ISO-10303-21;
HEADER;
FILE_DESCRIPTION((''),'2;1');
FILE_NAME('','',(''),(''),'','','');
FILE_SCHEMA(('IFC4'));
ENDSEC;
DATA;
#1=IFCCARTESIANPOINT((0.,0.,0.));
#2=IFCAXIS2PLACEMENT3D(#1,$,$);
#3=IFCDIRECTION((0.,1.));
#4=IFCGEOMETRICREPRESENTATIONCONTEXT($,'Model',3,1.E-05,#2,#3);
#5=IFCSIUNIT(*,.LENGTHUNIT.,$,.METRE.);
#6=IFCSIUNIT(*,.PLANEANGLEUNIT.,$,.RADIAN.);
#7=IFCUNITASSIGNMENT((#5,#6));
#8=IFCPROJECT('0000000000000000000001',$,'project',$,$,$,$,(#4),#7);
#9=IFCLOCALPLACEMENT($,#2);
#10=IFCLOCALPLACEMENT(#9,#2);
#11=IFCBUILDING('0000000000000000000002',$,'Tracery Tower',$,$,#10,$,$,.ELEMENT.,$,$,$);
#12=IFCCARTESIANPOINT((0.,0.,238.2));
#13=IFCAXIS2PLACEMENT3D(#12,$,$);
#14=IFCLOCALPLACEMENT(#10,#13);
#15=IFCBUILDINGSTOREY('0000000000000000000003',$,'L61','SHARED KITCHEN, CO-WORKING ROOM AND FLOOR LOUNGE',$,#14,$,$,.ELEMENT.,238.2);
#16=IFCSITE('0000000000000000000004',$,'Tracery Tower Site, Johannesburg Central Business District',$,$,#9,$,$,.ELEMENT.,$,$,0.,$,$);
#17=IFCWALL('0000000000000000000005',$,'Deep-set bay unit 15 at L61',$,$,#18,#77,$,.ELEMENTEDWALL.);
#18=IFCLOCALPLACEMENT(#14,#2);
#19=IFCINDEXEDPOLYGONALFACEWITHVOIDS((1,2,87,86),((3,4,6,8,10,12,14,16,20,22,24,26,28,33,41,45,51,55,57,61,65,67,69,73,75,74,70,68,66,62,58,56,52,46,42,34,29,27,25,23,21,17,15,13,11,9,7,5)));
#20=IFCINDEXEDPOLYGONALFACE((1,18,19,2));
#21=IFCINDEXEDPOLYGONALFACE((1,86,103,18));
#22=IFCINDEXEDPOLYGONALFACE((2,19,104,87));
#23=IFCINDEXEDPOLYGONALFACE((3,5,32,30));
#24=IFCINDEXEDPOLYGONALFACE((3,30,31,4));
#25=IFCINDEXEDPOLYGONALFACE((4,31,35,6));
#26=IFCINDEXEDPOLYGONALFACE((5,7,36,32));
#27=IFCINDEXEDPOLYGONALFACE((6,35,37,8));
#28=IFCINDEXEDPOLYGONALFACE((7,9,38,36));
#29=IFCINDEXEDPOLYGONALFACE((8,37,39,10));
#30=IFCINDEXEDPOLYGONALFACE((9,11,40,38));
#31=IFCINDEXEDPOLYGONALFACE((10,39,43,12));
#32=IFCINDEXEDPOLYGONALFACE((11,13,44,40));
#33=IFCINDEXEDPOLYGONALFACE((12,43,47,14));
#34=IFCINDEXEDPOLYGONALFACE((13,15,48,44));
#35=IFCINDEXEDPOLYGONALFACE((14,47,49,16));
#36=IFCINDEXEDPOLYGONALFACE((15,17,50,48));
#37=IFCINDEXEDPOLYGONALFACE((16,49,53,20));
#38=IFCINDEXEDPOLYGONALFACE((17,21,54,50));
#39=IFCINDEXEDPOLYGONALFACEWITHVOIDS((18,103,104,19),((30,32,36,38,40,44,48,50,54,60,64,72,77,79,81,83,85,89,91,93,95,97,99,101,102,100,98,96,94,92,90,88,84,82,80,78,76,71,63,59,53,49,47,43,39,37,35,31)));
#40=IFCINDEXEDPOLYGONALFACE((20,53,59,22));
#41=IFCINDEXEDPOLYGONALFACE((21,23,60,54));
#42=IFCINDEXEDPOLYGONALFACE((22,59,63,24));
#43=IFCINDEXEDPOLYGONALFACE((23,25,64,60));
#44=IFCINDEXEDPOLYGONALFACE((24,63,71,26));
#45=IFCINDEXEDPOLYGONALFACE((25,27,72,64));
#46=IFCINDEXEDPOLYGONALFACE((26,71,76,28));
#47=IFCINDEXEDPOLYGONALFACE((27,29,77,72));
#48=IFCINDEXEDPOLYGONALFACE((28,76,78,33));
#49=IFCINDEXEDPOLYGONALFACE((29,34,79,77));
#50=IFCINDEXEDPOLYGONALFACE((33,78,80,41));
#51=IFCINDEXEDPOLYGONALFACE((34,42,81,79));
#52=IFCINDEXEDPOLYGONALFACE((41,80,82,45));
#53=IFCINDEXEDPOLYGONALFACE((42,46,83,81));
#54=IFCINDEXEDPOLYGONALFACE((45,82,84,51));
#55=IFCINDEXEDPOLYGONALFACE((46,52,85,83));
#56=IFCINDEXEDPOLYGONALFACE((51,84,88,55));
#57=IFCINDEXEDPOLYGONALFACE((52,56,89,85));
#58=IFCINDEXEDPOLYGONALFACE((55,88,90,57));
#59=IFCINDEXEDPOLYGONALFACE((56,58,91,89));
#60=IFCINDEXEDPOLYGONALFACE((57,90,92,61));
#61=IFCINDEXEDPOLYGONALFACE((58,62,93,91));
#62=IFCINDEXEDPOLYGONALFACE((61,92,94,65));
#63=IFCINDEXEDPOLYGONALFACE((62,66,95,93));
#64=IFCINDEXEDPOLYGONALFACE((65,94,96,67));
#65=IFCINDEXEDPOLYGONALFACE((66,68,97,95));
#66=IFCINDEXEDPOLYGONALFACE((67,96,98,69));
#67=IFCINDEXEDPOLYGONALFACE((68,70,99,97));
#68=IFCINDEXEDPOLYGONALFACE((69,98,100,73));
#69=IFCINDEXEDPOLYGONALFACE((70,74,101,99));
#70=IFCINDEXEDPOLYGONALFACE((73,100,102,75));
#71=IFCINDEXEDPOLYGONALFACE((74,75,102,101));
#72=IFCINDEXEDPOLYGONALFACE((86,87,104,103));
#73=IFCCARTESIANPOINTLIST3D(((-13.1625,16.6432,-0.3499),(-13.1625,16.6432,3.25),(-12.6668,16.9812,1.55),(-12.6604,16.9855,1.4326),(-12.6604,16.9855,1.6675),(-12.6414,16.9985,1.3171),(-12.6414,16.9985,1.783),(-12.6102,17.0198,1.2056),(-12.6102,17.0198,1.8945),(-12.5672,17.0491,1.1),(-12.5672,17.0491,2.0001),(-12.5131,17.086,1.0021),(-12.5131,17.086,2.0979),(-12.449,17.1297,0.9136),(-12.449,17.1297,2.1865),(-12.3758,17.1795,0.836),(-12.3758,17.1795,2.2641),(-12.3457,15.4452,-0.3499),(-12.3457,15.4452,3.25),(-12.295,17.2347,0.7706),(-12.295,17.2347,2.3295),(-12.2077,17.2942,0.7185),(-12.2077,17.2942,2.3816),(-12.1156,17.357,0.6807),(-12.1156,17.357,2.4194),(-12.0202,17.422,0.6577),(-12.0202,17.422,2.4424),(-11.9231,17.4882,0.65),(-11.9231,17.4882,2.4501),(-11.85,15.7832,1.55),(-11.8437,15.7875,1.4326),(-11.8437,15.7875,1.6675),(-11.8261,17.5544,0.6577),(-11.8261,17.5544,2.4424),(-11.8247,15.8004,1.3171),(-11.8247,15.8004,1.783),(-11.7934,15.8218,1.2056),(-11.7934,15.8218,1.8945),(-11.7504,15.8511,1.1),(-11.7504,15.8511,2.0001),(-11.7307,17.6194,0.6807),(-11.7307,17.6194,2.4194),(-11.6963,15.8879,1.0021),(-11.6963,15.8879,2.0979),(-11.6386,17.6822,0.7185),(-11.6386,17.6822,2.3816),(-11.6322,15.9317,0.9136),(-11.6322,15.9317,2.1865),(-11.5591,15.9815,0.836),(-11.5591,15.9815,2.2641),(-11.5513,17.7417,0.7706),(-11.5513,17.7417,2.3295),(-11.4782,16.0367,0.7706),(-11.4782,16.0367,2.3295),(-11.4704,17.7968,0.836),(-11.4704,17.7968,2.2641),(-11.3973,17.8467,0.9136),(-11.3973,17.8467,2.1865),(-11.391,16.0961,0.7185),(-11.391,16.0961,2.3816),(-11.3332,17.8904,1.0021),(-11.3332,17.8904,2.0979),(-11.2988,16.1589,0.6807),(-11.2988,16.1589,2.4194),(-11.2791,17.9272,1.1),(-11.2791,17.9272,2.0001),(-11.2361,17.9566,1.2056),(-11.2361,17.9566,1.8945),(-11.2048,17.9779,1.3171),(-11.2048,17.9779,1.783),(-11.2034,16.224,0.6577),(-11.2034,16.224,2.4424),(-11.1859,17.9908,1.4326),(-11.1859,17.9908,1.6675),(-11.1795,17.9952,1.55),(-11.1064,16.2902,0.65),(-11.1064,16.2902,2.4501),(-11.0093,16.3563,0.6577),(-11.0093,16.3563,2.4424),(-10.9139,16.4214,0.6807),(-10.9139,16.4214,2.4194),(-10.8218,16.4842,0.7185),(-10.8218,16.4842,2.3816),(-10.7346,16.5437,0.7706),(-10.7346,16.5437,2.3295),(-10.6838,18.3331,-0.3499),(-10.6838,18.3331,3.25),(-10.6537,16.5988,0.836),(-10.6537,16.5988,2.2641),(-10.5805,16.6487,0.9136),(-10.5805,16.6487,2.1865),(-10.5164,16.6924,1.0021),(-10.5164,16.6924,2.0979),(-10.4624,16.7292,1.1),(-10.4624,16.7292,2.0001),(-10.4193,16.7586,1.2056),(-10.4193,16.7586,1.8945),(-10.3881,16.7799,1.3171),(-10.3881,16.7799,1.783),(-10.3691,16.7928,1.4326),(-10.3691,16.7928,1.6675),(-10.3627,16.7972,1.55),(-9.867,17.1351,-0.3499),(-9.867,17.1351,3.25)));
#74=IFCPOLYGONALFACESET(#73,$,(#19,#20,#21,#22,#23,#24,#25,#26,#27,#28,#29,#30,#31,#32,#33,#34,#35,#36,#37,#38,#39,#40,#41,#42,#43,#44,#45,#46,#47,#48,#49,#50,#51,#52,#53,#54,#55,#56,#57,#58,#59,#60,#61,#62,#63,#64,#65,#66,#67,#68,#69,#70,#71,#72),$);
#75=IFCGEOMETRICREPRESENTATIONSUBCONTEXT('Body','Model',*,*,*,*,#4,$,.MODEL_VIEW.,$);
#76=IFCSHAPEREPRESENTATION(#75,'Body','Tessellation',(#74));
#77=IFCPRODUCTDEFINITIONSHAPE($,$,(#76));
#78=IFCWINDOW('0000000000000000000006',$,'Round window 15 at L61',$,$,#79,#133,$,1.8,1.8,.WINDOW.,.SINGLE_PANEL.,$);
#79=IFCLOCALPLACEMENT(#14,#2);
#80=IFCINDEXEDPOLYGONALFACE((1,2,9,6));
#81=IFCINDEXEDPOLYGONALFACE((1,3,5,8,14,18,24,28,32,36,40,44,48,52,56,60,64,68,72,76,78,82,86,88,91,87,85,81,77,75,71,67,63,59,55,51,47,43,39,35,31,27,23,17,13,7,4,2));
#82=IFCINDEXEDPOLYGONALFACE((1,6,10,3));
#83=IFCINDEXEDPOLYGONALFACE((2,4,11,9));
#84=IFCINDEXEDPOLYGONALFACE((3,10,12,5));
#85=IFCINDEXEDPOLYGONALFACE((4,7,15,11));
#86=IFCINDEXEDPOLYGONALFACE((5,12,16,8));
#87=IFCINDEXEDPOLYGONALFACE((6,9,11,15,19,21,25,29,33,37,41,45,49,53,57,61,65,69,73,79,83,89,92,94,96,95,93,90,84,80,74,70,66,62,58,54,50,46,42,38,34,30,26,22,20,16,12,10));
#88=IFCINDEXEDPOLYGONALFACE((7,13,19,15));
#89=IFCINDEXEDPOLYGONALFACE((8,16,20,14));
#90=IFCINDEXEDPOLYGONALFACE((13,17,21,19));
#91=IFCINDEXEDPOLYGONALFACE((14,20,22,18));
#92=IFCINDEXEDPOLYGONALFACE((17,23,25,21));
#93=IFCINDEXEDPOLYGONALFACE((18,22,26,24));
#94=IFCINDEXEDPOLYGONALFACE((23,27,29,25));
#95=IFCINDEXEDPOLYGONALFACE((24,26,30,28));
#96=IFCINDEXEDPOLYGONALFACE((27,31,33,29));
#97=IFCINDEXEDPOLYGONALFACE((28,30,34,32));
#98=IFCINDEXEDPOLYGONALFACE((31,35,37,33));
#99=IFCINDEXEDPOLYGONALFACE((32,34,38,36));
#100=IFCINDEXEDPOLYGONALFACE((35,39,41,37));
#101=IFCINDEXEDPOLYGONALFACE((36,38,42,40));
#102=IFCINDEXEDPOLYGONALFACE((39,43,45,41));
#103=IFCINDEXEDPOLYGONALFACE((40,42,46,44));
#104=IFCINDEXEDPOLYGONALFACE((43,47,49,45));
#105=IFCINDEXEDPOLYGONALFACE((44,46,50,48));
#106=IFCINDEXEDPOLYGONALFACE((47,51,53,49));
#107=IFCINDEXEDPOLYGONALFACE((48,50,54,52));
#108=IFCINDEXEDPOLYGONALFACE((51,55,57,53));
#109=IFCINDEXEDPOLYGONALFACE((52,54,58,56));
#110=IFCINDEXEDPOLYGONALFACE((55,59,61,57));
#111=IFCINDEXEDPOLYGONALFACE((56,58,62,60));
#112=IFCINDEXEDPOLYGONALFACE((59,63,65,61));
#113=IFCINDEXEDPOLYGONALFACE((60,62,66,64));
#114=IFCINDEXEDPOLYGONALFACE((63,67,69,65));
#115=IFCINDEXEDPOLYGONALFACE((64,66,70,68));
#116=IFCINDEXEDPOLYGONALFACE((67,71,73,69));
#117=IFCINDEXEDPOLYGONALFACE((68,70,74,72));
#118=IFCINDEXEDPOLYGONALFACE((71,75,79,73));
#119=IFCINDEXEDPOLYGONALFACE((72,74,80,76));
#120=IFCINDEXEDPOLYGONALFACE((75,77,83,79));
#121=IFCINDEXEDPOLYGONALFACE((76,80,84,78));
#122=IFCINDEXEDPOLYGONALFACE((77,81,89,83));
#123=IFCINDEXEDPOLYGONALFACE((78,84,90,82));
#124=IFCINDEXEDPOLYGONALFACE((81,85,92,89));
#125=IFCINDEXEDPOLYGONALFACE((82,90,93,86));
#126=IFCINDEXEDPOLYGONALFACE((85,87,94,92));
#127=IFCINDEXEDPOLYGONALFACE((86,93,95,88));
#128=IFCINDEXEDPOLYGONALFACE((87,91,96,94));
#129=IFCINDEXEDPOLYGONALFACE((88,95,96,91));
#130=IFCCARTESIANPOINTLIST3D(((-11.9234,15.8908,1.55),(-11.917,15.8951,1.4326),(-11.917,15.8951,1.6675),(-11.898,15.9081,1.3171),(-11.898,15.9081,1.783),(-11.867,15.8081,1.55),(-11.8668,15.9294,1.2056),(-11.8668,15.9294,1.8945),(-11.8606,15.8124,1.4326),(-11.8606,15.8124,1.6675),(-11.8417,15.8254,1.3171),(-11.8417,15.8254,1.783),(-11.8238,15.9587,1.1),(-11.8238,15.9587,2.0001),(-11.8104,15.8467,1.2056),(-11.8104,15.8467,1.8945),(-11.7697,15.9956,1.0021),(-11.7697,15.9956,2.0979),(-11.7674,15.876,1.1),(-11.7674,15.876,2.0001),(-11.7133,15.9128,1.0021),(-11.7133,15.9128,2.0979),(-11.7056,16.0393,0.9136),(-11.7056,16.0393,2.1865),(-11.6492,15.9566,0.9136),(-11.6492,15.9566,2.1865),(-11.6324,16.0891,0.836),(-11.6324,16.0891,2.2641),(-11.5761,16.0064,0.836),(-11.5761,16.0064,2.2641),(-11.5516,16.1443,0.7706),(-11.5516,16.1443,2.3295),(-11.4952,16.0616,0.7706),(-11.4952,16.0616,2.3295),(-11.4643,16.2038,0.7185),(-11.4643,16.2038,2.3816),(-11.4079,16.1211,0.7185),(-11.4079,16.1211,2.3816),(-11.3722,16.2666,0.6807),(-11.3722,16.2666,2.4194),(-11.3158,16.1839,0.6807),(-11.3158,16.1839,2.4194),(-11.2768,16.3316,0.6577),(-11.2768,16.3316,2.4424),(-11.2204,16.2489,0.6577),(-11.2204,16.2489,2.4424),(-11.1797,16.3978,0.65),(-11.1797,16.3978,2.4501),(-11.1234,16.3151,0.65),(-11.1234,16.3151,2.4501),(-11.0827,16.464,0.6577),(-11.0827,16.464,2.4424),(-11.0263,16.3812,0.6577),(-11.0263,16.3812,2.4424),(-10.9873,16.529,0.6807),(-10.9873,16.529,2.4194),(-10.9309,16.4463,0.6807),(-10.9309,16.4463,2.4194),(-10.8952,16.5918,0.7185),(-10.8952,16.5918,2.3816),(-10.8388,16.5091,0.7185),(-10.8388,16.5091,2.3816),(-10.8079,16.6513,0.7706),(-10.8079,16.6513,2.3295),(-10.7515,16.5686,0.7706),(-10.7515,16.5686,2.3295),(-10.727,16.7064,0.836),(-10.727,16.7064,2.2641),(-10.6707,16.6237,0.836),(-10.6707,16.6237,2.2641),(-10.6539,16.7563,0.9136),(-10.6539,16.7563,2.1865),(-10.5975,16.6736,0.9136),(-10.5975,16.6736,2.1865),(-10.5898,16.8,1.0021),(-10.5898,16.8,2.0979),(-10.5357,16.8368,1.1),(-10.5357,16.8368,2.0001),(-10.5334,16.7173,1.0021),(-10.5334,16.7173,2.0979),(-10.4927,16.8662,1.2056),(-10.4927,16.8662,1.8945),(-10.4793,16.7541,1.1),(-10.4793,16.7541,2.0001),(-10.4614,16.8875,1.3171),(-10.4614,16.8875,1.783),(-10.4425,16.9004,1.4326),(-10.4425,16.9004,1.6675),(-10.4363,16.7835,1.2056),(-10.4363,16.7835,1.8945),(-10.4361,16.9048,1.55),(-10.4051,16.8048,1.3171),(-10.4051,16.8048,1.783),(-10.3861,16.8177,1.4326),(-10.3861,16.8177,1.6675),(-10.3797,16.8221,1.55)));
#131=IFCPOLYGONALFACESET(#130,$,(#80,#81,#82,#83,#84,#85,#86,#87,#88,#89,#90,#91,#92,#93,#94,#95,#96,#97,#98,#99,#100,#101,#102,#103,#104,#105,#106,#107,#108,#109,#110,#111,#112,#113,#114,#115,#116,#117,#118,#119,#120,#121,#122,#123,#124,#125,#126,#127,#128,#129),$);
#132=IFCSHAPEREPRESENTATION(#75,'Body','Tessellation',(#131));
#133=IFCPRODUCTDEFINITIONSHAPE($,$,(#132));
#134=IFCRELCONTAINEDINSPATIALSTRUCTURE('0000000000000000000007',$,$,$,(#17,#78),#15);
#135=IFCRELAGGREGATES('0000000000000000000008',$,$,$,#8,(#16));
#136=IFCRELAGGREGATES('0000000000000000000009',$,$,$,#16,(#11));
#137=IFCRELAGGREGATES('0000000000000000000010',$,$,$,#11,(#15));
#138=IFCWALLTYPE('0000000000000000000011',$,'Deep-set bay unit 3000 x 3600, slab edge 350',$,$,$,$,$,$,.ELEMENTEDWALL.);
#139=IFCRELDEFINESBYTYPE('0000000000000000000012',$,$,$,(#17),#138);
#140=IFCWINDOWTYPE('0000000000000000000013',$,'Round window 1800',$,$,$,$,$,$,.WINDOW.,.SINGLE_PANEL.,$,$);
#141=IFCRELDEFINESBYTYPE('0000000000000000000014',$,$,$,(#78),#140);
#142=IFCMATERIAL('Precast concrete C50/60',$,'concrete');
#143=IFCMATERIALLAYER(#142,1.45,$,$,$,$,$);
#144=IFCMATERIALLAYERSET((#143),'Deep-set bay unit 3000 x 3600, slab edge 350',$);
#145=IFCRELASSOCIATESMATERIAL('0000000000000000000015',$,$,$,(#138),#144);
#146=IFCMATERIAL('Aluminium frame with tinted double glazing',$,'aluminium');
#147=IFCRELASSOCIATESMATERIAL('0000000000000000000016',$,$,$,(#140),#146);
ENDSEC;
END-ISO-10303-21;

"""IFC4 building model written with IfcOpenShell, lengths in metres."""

from ifc_helpers import new_model, si_unit, direction, frame, frame_2d, origin, origin_2d, place, context, subcontext, project, spatial, rectangle, circle, extrude, material, layer, layer_set, type_object, element, fill, save


model = new_model("IFC4")

# Units and contexts
model_context = context("Model", 3, precision=1e-05, world=origin(), true_north=direction((0.0, 1.0)))
body_context = subcontext(model_context, "Body", "Model", "MODEL_VIEW")
ifc_project = project(units=[si_unit("LENGTHUNIT", "METRE"), si_unit("PLANEANGLEUNIT", "RADIAN")], contexts=[model_context])

# Site, building, storey
site_placement = place(None, origin())
site = spatial("IfcSite", under=ifc_project, at=site_placement, Name="Tracery Tower Site, Johannesburg Central Business District", CompositionType="ELEMENT", RefElevation=0.0)
building_placement = place(site_placement, origin())
building = spatial("IfcBuilding", under=site, at=building_placement, Name="Tracery Tower", CompositionType="ELEMENT")
storey_placement = place(building_placement, frame((0.0, 0.0, 238.2)))
storey = spatial("IfcBuildingStorey", under=building, at=storey_placement, Name="L61", Description="SHARED KITCHEN, CO-WORKING ROOM AND FLOOR LOUNGE", CompositionType="ELEMENT", Elevation=238.2)

# Wall, opening, window
ifc_material_1 = material(Name="Precast concrete C50/60", Category="concrete")
ifc_layer_1 = layer(ifc_material_1, 1.45)
ifc_layer_set_1 = layer_set([ifc_layer_1], Name="Deep-set bay unit 3000 x 3600, slab edge 350")
wall_type_1 = type_object("IfcWallType", Name="Deep-set bay unit 3000 x 3600, slab edge 350", PredefinedType="ELEMENTEDWALL", material=ifc_layer_set_1)
wall_1_placement = place(storey_placement, frame((-10.2754, 17.7341, -0.3499), z_axis=(0.0, 0.0, 1.0), x_axis=(-0.826246, -0.563309, 0.0)))
wall_1 = element("IfcWall", 1, at=wall_1_placement, inside=storey, type_object=wall_type_1, Name="Deep-set bay unit 15 at L61", PredefinedType="ELEMENTEDWALL", context=body_context, shape_type="SweptSolid", body=[
    extrude(rectangle(XDim=3.0, YDim=1.45, at=frame_2d((1.5, 0.0))), origin(), (0.0, 0.0, 1.0), 3.5999),
])
opening_1_placement = place(wall_1_placement, frame((1.5, 0.0, 1.8999)))
opening_1 = element("IfcOpeningElement", 2, at=opening_1_placement, cuts=wall_1, PredefinedType="OPENING", context=body_context, shape_type="SweptSolid", body=[
    extrude(circle(Radius=0.9, at=origin_2d()), frame((0.0, 0.7349, 0.0), z_axis=(0.0, -1.0, 0.0), x_axis=(1.0, 0.0, 0.0)), (0.0, 0.0, 1.0), 1.47),
])
ifc_material_2 = material(Name="Aluminium frame with tinted double glazing", Category="aluminium")
window_type = type_object("IfcWindowType", Name="Round window 1800", PartitioningType="SINGLE_PANEL", PredefinedType="WINDOW", material=ifc_material_2)
window_1_placement = place(opening_1_placement, origin())
window_1 = element("IfcWindow", 3, at=window_1_placement, inside=storey, type_object=window_type, Name="Round window 15 at L61", OverallHeight=1.8, OverallWidth=1.8, PartitioningType="SINGLE_PANEL", PredefinedType="WINDOW", context=body_context, shape_type="SweptSolid", body=[
    extrude(circle(Radius=0.9, at=origin_2d()), frame((0.0, 0.6948, 0.0), z_axis=(0.0, -1.0, 0.0), x_axis=(1.0, 0.0, 0.0)), (0.0, 0.0, 1.0), 0.1001),
])
fill(opening_1, window_1)

save(model, "model.ifc")
